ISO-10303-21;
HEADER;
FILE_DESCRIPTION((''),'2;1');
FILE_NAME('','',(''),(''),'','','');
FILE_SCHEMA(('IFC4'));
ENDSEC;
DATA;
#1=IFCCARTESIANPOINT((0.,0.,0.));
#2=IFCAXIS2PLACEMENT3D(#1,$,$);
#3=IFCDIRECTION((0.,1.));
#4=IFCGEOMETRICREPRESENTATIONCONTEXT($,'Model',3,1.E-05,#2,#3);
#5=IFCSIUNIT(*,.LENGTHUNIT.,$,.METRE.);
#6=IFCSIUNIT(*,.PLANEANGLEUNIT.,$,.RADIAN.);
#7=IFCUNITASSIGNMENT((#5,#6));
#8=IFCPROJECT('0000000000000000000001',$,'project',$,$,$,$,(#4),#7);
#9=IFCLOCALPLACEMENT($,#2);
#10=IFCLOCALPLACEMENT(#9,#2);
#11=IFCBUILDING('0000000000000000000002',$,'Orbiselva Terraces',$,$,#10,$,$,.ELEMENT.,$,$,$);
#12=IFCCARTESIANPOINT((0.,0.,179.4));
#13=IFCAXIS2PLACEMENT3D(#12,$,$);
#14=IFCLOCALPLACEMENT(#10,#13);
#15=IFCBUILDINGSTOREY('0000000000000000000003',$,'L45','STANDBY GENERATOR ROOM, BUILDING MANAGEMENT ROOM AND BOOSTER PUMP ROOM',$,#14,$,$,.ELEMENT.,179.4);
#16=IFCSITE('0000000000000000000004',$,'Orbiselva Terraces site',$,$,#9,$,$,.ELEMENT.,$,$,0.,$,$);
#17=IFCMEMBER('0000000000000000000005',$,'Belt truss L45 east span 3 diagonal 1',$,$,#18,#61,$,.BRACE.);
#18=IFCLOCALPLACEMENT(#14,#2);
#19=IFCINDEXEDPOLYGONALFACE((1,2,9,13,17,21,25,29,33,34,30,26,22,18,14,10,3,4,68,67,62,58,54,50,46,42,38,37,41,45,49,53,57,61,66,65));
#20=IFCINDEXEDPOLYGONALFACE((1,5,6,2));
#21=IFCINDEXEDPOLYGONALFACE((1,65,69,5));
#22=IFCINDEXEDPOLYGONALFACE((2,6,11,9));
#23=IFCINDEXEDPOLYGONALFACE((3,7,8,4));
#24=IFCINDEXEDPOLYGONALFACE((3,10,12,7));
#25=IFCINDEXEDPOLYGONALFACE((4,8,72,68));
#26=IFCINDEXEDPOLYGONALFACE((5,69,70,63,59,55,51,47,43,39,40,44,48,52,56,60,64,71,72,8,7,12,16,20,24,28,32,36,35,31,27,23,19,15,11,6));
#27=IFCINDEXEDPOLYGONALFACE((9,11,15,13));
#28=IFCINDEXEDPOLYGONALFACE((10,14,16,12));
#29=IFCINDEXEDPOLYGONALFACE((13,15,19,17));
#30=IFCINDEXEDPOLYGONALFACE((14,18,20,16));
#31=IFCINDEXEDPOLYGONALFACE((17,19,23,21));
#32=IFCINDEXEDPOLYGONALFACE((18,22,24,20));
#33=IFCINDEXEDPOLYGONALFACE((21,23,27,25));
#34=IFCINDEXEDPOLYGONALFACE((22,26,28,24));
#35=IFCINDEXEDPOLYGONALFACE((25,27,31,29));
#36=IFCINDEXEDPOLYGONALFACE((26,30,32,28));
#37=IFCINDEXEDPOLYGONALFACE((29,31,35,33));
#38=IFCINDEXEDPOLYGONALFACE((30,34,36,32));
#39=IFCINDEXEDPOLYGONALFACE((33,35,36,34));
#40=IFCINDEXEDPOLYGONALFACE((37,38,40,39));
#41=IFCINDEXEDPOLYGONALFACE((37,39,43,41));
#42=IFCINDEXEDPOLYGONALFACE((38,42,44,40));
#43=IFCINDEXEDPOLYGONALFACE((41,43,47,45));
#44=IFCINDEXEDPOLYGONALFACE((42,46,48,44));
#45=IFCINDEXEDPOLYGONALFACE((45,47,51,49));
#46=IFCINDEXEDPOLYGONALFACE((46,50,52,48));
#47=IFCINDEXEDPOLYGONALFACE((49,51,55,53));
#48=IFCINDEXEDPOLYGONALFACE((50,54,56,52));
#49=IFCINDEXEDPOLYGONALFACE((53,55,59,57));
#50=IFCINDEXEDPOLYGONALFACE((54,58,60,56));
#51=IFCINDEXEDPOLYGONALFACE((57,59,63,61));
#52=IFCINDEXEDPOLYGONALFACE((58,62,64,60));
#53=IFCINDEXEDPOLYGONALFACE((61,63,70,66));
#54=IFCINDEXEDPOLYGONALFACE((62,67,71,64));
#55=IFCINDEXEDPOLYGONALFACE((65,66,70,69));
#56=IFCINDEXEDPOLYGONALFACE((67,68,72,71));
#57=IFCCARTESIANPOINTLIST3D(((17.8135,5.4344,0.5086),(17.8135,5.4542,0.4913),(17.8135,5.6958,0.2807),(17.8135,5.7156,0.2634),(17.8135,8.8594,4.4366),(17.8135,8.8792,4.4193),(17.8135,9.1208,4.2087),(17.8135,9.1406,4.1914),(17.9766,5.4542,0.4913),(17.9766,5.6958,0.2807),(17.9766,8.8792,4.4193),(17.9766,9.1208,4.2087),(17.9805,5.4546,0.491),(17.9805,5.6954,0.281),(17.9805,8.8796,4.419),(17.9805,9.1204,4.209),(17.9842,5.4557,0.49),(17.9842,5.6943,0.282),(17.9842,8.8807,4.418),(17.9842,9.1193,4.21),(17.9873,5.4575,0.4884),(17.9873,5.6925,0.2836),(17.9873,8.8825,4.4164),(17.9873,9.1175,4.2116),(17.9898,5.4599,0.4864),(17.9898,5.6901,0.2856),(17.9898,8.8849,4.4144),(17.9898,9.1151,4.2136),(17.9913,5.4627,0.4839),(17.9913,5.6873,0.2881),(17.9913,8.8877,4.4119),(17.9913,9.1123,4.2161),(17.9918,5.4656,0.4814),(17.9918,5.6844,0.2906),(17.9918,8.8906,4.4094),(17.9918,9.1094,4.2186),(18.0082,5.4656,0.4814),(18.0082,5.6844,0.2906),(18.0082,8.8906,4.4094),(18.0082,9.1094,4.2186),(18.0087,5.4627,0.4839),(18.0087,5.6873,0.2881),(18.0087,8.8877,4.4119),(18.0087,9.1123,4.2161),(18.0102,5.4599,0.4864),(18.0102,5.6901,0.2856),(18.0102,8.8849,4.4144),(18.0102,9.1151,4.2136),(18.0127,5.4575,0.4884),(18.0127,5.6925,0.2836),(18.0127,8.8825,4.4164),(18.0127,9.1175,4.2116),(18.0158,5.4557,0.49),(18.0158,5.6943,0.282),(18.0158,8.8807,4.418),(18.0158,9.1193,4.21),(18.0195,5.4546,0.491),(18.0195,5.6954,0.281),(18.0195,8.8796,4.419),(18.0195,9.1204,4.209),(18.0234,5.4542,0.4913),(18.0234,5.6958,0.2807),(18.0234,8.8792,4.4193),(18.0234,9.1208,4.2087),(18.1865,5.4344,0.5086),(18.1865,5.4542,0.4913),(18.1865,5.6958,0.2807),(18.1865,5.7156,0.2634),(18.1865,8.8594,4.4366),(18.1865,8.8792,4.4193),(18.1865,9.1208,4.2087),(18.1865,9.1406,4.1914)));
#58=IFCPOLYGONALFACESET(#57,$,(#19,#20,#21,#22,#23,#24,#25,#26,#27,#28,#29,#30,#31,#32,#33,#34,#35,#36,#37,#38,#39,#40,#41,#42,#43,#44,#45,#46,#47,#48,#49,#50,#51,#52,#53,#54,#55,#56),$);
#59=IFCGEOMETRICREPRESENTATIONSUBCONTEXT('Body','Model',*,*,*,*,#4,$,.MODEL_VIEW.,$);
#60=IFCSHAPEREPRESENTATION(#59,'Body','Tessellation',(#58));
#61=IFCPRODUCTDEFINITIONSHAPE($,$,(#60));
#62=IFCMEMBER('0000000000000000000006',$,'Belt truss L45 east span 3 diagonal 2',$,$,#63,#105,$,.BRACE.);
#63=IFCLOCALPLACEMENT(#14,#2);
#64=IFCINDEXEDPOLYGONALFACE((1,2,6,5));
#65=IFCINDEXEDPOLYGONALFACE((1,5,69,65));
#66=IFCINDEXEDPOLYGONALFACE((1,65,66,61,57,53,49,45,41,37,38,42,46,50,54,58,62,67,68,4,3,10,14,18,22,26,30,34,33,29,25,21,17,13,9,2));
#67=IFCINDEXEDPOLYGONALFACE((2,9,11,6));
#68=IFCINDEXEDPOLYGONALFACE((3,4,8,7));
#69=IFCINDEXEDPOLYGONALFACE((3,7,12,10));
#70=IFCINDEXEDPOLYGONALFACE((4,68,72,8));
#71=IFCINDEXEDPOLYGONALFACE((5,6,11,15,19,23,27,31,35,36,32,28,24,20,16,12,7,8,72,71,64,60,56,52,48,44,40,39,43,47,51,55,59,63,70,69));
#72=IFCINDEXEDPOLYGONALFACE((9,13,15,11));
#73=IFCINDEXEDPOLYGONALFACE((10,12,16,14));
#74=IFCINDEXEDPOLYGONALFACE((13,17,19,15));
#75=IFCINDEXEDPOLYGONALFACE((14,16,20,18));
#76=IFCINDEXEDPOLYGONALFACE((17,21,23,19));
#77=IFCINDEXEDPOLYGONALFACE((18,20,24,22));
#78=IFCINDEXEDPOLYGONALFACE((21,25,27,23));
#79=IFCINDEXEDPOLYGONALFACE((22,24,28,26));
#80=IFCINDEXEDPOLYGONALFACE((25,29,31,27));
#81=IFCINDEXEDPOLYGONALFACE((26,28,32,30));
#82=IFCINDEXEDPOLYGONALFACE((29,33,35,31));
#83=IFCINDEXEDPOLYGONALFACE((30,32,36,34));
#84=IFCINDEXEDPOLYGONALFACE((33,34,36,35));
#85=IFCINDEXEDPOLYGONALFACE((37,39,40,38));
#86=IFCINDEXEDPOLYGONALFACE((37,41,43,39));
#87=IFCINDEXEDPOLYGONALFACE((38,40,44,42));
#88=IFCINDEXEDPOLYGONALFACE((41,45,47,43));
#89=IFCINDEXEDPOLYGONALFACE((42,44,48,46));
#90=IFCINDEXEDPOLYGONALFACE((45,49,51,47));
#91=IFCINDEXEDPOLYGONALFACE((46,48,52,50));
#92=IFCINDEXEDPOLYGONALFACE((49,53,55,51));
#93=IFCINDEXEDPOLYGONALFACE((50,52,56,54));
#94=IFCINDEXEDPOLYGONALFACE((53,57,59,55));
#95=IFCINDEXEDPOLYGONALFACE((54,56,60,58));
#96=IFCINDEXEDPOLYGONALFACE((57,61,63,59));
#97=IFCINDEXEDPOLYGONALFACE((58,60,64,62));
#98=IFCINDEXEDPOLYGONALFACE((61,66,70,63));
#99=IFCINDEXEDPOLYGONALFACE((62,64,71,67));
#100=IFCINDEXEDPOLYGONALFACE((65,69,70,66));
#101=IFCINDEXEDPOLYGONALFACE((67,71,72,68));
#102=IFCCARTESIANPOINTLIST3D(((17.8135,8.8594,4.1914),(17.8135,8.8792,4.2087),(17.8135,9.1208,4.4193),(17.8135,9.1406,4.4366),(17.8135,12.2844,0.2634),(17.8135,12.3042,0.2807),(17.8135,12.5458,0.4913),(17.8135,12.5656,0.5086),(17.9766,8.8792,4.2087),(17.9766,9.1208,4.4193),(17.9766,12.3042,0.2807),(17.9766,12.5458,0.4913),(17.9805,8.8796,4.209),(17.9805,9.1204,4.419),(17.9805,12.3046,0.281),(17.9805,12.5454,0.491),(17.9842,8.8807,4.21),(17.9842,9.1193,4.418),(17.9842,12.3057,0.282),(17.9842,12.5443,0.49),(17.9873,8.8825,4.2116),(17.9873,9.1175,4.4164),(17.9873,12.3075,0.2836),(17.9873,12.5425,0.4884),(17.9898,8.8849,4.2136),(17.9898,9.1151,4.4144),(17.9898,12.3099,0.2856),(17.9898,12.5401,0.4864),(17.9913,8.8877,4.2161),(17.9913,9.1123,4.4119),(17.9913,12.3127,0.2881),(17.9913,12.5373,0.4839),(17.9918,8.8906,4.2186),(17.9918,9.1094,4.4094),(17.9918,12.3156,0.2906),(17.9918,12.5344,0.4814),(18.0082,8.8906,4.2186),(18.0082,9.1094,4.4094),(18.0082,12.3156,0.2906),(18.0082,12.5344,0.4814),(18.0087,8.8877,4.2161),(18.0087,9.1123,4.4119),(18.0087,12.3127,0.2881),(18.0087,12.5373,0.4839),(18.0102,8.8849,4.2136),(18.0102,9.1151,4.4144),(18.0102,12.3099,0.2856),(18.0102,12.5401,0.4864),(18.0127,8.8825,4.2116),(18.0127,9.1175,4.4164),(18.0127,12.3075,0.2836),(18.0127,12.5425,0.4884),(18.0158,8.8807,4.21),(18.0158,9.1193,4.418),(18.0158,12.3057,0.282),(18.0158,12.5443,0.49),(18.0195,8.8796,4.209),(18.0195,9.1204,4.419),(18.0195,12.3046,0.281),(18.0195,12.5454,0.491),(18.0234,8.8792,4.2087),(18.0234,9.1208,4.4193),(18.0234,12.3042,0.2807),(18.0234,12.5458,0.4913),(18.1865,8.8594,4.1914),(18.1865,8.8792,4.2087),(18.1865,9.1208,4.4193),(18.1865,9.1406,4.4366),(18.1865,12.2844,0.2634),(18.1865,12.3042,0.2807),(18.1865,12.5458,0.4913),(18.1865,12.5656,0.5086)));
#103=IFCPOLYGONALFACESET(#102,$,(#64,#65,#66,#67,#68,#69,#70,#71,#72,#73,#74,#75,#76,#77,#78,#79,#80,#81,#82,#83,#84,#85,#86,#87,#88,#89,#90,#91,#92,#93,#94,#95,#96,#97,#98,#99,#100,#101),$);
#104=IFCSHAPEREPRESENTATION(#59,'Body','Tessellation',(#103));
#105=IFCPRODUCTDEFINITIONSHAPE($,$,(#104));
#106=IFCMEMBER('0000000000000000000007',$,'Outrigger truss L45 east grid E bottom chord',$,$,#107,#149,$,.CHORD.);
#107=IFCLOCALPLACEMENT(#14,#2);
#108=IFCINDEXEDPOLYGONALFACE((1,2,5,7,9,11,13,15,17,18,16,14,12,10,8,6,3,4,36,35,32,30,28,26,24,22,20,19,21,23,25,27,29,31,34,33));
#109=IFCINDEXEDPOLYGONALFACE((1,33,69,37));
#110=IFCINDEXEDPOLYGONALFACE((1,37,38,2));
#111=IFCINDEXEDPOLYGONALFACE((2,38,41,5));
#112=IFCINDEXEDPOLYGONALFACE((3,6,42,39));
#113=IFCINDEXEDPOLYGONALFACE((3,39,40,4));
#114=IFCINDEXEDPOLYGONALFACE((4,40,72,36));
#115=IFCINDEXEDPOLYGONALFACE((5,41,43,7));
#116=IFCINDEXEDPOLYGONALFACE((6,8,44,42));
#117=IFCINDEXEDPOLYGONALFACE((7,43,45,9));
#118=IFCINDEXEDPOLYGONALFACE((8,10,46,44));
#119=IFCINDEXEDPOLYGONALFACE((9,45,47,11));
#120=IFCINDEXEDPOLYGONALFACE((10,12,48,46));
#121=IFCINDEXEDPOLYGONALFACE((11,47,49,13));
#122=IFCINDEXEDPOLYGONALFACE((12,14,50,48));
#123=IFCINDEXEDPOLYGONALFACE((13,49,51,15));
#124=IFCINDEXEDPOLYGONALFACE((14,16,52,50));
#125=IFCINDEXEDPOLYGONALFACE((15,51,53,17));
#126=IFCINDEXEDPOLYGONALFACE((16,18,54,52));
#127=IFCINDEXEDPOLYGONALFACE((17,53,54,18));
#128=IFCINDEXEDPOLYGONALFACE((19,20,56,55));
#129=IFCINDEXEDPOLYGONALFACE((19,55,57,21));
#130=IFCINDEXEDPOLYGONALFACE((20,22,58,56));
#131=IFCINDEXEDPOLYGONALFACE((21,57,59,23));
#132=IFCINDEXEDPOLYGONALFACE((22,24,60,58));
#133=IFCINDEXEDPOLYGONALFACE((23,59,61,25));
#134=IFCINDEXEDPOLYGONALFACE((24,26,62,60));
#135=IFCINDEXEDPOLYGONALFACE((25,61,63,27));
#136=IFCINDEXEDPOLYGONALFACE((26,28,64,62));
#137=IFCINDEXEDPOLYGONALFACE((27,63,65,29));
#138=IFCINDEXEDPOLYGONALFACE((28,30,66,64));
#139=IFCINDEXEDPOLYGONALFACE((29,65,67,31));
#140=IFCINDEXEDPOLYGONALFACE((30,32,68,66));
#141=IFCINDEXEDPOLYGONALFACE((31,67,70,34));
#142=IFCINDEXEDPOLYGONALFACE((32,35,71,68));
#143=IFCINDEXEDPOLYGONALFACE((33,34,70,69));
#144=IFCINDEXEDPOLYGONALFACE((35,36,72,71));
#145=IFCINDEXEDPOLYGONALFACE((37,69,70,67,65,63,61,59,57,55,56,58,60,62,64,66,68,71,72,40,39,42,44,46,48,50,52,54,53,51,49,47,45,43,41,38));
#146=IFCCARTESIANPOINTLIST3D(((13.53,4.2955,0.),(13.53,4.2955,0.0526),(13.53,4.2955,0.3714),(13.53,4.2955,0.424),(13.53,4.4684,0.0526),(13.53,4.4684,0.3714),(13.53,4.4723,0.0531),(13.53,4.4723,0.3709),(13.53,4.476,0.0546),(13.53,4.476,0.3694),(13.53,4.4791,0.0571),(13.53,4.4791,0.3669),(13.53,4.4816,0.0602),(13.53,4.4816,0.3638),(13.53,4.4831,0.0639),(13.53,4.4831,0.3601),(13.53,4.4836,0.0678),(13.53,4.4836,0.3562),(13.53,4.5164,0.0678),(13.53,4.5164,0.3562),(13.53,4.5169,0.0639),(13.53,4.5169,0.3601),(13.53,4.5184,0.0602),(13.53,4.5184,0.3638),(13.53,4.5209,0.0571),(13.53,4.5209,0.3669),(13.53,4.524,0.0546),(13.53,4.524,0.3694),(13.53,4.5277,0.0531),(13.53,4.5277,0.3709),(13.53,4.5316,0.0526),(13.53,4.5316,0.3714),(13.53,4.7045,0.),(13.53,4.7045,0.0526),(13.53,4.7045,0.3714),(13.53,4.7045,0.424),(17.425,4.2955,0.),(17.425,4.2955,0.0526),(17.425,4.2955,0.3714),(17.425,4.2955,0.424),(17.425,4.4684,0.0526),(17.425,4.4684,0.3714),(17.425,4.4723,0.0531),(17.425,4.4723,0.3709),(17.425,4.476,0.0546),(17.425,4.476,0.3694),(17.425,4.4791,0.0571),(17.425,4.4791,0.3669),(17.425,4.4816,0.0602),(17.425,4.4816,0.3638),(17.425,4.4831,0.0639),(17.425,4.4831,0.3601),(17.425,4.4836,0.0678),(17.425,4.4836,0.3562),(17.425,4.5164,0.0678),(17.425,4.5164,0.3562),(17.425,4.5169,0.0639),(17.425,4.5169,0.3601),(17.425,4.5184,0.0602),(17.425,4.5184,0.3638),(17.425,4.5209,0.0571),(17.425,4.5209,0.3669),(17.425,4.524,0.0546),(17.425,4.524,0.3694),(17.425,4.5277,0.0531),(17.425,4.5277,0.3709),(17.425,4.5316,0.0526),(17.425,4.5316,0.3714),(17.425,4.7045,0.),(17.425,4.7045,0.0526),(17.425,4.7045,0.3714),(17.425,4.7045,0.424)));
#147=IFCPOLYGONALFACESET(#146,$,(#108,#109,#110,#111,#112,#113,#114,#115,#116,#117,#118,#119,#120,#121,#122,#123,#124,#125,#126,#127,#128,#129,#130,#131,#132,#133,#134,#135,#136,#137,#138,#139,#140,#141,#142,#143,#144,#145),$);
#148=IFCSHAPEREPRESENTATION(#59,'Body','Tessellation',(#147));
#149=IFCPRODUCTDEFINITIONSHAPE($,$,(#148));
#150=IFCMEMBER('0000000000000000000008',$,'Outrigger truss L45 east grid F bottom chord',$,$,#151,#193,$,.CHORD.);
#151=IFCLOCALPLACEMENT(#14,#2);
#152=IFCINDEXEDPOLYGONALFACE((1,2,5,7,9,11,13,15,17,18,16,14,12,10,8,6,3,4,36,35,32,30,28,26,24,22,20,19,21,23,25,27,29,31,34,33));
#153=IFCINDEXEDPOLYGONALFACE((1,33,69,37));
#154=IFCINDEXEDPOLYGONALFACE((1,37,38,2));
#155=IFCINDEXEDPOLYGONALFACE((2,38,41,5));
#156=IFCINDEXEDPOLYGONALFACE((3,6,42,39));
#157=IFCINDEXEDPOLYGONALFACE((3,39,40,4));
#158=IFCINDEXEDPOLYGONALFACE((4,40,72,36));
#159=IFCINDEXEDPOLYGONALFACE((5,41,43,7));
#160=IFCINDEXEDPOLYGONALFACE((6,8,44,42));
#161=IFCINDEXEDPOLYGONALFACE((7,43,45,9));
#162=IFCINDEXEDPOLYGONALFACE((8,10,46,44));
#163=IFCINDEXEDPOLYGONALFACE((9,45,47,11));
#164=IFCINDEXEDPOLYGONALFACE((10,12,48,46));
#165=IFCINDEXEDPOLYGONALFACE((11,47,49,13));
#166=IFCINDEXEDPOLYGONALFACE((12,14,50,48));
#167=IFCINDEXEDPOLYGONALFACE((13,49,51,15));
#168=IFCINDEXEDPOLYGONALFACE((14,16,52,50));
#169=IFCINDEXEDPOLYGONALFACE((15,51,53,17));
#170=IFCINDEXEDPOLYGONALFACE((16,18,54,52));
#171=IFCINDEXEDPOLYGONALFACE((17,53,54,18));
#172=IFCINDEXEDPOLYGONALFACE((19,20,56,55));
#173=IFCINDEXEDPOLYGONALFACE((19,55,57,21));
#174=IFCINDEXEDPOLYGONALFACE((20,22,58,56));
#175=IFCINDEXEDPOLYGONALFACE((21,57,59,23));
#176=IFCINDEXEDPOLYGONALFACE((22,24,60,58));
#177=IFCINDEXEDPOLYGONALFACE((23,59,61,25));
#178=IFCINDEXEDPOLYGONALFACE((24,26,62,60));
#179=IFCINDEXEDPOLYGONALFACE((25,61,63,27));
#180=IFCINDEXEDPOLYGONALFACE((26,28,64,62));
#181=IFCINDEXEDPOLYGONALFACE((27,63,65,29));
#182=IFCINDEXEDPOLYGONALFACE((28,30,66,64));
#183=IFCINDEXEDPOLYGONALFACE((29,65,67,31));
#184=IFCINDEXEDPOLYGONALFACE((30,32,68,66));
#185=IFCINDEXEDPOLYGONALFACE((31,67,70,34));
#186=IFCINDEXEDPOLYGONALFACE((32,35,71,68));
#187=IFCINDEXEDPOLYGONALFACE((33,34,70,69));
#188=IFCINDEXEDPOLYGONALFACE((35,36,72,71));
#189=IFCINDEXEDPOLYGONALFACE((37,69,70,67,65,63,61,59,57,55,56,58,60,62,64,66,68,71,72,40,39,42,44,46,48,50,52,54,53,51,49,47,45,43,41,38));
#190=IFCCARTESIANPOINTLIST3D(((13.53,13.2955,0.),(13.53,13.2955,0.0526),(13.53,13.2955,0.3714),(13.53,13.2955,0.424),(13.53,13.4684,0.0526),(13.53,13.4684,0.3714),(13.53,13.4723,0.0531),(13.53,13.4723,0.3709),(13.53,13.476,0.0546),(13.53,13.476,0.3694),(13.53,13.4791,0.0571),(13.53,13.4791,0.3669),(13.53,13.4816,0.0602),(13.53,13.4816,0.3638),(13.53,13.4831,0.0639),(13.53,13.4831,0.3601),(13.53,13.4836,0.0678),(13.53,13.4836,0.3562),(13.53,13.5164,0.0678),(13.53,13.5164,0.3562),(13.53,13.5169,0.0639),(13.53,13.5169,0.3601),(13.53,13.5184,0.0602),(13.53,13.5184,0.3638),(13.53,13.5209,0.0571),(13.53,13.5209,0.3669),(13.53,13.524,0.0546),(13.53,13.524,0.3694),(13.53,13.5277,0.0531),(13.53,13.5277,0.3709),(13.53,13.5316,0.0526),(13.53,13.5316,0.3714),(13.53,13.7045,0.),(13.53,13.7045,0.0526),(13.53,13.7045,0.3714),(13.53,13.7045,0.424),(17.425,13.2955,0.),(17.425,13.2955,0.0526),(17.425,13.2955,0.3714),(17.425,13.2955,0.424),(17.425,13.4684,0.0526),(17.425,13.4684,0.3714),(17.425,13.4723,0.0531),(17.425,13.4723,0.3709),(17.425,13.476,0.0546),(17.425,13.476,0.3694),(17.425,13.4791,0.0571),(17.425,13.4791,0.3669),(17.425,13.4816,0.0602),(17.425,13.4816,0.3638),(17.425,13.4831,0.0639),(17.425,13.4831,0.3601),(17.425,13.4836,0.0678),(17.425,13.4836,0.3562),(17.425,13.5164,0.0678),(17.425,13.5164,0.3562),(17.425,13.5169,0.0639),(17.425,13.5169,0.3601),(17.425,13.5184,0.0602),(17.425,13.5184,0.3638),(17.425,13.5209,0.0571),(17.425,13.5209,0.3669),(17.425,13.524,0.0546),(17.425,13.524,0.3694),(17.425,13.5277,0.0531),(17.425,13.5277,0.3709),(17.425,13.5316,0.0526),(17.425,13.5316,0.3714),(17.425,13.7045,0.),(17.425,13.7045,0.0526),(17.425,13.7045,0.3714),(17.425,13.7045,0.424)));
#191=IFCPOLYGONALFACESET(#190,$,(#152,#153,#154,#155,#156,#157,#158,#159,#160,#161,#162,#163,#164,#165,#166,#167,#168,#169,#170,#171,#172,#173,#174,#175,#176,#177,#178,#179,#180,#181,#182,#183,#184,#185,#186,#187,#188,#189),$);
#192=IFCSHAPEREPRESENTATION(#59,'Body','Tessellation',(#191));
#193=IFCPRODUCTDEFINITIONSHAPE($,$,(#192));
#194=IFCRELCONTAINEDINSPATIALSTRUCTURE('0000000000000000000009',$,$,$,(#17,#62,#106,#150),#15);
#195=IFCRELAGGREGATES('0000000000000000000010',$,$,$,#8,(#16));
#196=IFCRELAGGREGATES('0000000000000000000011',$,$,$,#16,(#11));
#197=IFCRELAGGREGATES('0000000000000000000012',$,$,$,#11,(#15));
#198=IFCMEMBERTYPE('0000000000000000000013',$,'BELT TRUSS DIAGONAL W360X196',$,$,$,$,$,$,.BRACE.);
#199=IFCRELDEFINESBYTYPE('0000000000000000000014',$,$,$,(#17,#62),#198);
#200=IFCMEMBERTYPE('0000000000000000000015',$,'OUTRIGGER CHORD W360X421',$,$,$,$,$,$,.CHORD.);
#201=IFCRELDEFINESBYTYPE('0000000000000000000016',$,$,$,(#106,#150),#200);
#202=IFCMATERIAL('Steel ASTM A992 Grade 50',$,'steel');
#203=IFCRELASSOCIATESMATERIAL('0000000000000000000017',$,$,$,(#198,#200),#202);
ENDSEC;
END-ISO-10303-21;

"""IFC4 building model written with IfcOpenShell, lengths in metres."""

from ifc_helpers import new_model, si_unit, direction, frame, origin, origin_2d, place, context, subcontext, project, spatial, i_section, extrude, material, material_profile, profile_set, type_object, element, save


model = new_model("IFC4")

# Units and contexts
model_context = context("Model", 3, precision=1e-05, world=origin(), true_north=direction((0.0, 1.0)))
body_context = subcontext(model_context, "Body", "Model", "MODEL_VIEW")
ifc_project = project(units=[si_unit("LENGTHUNIT", "METRE"), si_unit("PLANEANGLEUNIT", "RADIAN")], contexts=[model_context])

# Site, building, storey
site_placement = place(None, origin())
site = spatial("IfcSite", under=ifc_project, at=site_placement, Name="Orbiselva Terraces site", CompositionType="ELEMENT", RefElevation=0.0)
building_placement = place(site_placement, origin())
building = spatial("IfcBuilding", under=site, at=building_placement, Name="Orbiselva Terraces", CompositionType="ELEMENT")
storey_placement = place(building_placement, frame((0.0, 0.0, 179.4)))
storey = spatial("IfcBuildingStorey", under=building, at=storey_placement, Name="L45", Description="STANDBY GENERATOR ROOM, BUILDING MANAGEMENT ROOM AND BOOSTER PUMP ROOM", CompositionType="ELEMENT", Elevation=179.4)

# Members
ifc_material_1 = material(Name="Steel ASTM A992 Grade 50", Category="steel")
ifc_material_profile_1 = material_profile(ifc_material_1, i_section(OverallWidth=0.373, OverallDepth=0.373, WebThickness=0.0164, FlangeThickness=0.0262, FilletRadius=0.0152, at=origin_2d()), Name="W360X196")
ifc_profile_set_1 = profile_set([ifc_material_profile_1], Name="Steel ASTM A992 Grade 50")
member_type_1 = type_object("IfcMemberType", Name="BELT TRUSS DIAGONAL W360X196", PredefinedType="BRACE", material=ifc_profile_set_1)
for number, where, z_axis, x_axis, name in (
    (1, (18.0, 5.575, 0.386), (0.0, 0.657199, 0.753717), (-1.0, 0.0, 0.0), "Belt truss L45 east span 3 diagonal 1"),
    (2, (18.0, 9.0, 4.314), (0.0, 0.657199, -0.753717), (-1.0, 0.0, 0.0), "Belt truss L45 east span 3 diagonal 2"),
):
    element("IfcMember", number, at=place(storey_placement, frame(where, z_axis=z_axis, x_axis=x_axis)), inside=storey, type_object=member_type_1, Name=name, PredefinedType="BRACE", context=body_context, shape_type="SweptSolid", body=[
        extrude(i_section(OverallWidth=0.373, OverallDepth=0.373, WebThickness=0.0164, FlangeThickness=0.0262, FilletRadius=0.0152, at=origin_2d()), origin(), (0.0, 0.0, 1.0), 5.2115),
    ])
ifc_material_profile_2 = material_profile(ifc_material_1, i_section(OverallWidth=0.409, OverallDepth=0.424, WebThickness=0.0328, FlangeThickness=0.0526, FilletRadius=0.0152, at=origin_2d()), Name="W360X421")
ifc_profile_set_2 = profile_set([ifc_material_profile_2], Name="Steel ASTM A992 Grade 50")
member_type_2 = type_object("IfcMemberType", Name="OUTRIGGER CHORD W360X421", PredefinedType="CHORD", material=ifc_profile_set_2)
for number, where, z_axis, x_axis, name in (
    (3, (13.53, 4.5, 0.212), (1.0, 0.0, 0.0), (0.0, 1.0, 0.0), "Outrigger truss L45 east grid E bottom chord"),
    (4, (13.53, 13.5, 0.212), (1.0, 0.0, 0.0), (0.0, 1.0, 0.0), "Outrigger truss L45 east grid F bottom chord"),
):
    element("IfcMember", number, at=place(storey_placement, frame(where, z_axis=z_axis, x_axis=x_axis)), inside=storey, type_object=member_type_2, Name=name, PredefinedType="CHORD", context=body_context, shape_type="SweptSolid", body=[
        extrude(i_section(OverallWidth=0.409, OverallDepth=0.424, WebThickness=0.0328, FlangeThickness=0.0526, FilletRadius=0.0152, at=origin_2d()), origin(), (0.0, 0.0, 1.0), 3.895),
    ])

save(model, "model.ifc")
